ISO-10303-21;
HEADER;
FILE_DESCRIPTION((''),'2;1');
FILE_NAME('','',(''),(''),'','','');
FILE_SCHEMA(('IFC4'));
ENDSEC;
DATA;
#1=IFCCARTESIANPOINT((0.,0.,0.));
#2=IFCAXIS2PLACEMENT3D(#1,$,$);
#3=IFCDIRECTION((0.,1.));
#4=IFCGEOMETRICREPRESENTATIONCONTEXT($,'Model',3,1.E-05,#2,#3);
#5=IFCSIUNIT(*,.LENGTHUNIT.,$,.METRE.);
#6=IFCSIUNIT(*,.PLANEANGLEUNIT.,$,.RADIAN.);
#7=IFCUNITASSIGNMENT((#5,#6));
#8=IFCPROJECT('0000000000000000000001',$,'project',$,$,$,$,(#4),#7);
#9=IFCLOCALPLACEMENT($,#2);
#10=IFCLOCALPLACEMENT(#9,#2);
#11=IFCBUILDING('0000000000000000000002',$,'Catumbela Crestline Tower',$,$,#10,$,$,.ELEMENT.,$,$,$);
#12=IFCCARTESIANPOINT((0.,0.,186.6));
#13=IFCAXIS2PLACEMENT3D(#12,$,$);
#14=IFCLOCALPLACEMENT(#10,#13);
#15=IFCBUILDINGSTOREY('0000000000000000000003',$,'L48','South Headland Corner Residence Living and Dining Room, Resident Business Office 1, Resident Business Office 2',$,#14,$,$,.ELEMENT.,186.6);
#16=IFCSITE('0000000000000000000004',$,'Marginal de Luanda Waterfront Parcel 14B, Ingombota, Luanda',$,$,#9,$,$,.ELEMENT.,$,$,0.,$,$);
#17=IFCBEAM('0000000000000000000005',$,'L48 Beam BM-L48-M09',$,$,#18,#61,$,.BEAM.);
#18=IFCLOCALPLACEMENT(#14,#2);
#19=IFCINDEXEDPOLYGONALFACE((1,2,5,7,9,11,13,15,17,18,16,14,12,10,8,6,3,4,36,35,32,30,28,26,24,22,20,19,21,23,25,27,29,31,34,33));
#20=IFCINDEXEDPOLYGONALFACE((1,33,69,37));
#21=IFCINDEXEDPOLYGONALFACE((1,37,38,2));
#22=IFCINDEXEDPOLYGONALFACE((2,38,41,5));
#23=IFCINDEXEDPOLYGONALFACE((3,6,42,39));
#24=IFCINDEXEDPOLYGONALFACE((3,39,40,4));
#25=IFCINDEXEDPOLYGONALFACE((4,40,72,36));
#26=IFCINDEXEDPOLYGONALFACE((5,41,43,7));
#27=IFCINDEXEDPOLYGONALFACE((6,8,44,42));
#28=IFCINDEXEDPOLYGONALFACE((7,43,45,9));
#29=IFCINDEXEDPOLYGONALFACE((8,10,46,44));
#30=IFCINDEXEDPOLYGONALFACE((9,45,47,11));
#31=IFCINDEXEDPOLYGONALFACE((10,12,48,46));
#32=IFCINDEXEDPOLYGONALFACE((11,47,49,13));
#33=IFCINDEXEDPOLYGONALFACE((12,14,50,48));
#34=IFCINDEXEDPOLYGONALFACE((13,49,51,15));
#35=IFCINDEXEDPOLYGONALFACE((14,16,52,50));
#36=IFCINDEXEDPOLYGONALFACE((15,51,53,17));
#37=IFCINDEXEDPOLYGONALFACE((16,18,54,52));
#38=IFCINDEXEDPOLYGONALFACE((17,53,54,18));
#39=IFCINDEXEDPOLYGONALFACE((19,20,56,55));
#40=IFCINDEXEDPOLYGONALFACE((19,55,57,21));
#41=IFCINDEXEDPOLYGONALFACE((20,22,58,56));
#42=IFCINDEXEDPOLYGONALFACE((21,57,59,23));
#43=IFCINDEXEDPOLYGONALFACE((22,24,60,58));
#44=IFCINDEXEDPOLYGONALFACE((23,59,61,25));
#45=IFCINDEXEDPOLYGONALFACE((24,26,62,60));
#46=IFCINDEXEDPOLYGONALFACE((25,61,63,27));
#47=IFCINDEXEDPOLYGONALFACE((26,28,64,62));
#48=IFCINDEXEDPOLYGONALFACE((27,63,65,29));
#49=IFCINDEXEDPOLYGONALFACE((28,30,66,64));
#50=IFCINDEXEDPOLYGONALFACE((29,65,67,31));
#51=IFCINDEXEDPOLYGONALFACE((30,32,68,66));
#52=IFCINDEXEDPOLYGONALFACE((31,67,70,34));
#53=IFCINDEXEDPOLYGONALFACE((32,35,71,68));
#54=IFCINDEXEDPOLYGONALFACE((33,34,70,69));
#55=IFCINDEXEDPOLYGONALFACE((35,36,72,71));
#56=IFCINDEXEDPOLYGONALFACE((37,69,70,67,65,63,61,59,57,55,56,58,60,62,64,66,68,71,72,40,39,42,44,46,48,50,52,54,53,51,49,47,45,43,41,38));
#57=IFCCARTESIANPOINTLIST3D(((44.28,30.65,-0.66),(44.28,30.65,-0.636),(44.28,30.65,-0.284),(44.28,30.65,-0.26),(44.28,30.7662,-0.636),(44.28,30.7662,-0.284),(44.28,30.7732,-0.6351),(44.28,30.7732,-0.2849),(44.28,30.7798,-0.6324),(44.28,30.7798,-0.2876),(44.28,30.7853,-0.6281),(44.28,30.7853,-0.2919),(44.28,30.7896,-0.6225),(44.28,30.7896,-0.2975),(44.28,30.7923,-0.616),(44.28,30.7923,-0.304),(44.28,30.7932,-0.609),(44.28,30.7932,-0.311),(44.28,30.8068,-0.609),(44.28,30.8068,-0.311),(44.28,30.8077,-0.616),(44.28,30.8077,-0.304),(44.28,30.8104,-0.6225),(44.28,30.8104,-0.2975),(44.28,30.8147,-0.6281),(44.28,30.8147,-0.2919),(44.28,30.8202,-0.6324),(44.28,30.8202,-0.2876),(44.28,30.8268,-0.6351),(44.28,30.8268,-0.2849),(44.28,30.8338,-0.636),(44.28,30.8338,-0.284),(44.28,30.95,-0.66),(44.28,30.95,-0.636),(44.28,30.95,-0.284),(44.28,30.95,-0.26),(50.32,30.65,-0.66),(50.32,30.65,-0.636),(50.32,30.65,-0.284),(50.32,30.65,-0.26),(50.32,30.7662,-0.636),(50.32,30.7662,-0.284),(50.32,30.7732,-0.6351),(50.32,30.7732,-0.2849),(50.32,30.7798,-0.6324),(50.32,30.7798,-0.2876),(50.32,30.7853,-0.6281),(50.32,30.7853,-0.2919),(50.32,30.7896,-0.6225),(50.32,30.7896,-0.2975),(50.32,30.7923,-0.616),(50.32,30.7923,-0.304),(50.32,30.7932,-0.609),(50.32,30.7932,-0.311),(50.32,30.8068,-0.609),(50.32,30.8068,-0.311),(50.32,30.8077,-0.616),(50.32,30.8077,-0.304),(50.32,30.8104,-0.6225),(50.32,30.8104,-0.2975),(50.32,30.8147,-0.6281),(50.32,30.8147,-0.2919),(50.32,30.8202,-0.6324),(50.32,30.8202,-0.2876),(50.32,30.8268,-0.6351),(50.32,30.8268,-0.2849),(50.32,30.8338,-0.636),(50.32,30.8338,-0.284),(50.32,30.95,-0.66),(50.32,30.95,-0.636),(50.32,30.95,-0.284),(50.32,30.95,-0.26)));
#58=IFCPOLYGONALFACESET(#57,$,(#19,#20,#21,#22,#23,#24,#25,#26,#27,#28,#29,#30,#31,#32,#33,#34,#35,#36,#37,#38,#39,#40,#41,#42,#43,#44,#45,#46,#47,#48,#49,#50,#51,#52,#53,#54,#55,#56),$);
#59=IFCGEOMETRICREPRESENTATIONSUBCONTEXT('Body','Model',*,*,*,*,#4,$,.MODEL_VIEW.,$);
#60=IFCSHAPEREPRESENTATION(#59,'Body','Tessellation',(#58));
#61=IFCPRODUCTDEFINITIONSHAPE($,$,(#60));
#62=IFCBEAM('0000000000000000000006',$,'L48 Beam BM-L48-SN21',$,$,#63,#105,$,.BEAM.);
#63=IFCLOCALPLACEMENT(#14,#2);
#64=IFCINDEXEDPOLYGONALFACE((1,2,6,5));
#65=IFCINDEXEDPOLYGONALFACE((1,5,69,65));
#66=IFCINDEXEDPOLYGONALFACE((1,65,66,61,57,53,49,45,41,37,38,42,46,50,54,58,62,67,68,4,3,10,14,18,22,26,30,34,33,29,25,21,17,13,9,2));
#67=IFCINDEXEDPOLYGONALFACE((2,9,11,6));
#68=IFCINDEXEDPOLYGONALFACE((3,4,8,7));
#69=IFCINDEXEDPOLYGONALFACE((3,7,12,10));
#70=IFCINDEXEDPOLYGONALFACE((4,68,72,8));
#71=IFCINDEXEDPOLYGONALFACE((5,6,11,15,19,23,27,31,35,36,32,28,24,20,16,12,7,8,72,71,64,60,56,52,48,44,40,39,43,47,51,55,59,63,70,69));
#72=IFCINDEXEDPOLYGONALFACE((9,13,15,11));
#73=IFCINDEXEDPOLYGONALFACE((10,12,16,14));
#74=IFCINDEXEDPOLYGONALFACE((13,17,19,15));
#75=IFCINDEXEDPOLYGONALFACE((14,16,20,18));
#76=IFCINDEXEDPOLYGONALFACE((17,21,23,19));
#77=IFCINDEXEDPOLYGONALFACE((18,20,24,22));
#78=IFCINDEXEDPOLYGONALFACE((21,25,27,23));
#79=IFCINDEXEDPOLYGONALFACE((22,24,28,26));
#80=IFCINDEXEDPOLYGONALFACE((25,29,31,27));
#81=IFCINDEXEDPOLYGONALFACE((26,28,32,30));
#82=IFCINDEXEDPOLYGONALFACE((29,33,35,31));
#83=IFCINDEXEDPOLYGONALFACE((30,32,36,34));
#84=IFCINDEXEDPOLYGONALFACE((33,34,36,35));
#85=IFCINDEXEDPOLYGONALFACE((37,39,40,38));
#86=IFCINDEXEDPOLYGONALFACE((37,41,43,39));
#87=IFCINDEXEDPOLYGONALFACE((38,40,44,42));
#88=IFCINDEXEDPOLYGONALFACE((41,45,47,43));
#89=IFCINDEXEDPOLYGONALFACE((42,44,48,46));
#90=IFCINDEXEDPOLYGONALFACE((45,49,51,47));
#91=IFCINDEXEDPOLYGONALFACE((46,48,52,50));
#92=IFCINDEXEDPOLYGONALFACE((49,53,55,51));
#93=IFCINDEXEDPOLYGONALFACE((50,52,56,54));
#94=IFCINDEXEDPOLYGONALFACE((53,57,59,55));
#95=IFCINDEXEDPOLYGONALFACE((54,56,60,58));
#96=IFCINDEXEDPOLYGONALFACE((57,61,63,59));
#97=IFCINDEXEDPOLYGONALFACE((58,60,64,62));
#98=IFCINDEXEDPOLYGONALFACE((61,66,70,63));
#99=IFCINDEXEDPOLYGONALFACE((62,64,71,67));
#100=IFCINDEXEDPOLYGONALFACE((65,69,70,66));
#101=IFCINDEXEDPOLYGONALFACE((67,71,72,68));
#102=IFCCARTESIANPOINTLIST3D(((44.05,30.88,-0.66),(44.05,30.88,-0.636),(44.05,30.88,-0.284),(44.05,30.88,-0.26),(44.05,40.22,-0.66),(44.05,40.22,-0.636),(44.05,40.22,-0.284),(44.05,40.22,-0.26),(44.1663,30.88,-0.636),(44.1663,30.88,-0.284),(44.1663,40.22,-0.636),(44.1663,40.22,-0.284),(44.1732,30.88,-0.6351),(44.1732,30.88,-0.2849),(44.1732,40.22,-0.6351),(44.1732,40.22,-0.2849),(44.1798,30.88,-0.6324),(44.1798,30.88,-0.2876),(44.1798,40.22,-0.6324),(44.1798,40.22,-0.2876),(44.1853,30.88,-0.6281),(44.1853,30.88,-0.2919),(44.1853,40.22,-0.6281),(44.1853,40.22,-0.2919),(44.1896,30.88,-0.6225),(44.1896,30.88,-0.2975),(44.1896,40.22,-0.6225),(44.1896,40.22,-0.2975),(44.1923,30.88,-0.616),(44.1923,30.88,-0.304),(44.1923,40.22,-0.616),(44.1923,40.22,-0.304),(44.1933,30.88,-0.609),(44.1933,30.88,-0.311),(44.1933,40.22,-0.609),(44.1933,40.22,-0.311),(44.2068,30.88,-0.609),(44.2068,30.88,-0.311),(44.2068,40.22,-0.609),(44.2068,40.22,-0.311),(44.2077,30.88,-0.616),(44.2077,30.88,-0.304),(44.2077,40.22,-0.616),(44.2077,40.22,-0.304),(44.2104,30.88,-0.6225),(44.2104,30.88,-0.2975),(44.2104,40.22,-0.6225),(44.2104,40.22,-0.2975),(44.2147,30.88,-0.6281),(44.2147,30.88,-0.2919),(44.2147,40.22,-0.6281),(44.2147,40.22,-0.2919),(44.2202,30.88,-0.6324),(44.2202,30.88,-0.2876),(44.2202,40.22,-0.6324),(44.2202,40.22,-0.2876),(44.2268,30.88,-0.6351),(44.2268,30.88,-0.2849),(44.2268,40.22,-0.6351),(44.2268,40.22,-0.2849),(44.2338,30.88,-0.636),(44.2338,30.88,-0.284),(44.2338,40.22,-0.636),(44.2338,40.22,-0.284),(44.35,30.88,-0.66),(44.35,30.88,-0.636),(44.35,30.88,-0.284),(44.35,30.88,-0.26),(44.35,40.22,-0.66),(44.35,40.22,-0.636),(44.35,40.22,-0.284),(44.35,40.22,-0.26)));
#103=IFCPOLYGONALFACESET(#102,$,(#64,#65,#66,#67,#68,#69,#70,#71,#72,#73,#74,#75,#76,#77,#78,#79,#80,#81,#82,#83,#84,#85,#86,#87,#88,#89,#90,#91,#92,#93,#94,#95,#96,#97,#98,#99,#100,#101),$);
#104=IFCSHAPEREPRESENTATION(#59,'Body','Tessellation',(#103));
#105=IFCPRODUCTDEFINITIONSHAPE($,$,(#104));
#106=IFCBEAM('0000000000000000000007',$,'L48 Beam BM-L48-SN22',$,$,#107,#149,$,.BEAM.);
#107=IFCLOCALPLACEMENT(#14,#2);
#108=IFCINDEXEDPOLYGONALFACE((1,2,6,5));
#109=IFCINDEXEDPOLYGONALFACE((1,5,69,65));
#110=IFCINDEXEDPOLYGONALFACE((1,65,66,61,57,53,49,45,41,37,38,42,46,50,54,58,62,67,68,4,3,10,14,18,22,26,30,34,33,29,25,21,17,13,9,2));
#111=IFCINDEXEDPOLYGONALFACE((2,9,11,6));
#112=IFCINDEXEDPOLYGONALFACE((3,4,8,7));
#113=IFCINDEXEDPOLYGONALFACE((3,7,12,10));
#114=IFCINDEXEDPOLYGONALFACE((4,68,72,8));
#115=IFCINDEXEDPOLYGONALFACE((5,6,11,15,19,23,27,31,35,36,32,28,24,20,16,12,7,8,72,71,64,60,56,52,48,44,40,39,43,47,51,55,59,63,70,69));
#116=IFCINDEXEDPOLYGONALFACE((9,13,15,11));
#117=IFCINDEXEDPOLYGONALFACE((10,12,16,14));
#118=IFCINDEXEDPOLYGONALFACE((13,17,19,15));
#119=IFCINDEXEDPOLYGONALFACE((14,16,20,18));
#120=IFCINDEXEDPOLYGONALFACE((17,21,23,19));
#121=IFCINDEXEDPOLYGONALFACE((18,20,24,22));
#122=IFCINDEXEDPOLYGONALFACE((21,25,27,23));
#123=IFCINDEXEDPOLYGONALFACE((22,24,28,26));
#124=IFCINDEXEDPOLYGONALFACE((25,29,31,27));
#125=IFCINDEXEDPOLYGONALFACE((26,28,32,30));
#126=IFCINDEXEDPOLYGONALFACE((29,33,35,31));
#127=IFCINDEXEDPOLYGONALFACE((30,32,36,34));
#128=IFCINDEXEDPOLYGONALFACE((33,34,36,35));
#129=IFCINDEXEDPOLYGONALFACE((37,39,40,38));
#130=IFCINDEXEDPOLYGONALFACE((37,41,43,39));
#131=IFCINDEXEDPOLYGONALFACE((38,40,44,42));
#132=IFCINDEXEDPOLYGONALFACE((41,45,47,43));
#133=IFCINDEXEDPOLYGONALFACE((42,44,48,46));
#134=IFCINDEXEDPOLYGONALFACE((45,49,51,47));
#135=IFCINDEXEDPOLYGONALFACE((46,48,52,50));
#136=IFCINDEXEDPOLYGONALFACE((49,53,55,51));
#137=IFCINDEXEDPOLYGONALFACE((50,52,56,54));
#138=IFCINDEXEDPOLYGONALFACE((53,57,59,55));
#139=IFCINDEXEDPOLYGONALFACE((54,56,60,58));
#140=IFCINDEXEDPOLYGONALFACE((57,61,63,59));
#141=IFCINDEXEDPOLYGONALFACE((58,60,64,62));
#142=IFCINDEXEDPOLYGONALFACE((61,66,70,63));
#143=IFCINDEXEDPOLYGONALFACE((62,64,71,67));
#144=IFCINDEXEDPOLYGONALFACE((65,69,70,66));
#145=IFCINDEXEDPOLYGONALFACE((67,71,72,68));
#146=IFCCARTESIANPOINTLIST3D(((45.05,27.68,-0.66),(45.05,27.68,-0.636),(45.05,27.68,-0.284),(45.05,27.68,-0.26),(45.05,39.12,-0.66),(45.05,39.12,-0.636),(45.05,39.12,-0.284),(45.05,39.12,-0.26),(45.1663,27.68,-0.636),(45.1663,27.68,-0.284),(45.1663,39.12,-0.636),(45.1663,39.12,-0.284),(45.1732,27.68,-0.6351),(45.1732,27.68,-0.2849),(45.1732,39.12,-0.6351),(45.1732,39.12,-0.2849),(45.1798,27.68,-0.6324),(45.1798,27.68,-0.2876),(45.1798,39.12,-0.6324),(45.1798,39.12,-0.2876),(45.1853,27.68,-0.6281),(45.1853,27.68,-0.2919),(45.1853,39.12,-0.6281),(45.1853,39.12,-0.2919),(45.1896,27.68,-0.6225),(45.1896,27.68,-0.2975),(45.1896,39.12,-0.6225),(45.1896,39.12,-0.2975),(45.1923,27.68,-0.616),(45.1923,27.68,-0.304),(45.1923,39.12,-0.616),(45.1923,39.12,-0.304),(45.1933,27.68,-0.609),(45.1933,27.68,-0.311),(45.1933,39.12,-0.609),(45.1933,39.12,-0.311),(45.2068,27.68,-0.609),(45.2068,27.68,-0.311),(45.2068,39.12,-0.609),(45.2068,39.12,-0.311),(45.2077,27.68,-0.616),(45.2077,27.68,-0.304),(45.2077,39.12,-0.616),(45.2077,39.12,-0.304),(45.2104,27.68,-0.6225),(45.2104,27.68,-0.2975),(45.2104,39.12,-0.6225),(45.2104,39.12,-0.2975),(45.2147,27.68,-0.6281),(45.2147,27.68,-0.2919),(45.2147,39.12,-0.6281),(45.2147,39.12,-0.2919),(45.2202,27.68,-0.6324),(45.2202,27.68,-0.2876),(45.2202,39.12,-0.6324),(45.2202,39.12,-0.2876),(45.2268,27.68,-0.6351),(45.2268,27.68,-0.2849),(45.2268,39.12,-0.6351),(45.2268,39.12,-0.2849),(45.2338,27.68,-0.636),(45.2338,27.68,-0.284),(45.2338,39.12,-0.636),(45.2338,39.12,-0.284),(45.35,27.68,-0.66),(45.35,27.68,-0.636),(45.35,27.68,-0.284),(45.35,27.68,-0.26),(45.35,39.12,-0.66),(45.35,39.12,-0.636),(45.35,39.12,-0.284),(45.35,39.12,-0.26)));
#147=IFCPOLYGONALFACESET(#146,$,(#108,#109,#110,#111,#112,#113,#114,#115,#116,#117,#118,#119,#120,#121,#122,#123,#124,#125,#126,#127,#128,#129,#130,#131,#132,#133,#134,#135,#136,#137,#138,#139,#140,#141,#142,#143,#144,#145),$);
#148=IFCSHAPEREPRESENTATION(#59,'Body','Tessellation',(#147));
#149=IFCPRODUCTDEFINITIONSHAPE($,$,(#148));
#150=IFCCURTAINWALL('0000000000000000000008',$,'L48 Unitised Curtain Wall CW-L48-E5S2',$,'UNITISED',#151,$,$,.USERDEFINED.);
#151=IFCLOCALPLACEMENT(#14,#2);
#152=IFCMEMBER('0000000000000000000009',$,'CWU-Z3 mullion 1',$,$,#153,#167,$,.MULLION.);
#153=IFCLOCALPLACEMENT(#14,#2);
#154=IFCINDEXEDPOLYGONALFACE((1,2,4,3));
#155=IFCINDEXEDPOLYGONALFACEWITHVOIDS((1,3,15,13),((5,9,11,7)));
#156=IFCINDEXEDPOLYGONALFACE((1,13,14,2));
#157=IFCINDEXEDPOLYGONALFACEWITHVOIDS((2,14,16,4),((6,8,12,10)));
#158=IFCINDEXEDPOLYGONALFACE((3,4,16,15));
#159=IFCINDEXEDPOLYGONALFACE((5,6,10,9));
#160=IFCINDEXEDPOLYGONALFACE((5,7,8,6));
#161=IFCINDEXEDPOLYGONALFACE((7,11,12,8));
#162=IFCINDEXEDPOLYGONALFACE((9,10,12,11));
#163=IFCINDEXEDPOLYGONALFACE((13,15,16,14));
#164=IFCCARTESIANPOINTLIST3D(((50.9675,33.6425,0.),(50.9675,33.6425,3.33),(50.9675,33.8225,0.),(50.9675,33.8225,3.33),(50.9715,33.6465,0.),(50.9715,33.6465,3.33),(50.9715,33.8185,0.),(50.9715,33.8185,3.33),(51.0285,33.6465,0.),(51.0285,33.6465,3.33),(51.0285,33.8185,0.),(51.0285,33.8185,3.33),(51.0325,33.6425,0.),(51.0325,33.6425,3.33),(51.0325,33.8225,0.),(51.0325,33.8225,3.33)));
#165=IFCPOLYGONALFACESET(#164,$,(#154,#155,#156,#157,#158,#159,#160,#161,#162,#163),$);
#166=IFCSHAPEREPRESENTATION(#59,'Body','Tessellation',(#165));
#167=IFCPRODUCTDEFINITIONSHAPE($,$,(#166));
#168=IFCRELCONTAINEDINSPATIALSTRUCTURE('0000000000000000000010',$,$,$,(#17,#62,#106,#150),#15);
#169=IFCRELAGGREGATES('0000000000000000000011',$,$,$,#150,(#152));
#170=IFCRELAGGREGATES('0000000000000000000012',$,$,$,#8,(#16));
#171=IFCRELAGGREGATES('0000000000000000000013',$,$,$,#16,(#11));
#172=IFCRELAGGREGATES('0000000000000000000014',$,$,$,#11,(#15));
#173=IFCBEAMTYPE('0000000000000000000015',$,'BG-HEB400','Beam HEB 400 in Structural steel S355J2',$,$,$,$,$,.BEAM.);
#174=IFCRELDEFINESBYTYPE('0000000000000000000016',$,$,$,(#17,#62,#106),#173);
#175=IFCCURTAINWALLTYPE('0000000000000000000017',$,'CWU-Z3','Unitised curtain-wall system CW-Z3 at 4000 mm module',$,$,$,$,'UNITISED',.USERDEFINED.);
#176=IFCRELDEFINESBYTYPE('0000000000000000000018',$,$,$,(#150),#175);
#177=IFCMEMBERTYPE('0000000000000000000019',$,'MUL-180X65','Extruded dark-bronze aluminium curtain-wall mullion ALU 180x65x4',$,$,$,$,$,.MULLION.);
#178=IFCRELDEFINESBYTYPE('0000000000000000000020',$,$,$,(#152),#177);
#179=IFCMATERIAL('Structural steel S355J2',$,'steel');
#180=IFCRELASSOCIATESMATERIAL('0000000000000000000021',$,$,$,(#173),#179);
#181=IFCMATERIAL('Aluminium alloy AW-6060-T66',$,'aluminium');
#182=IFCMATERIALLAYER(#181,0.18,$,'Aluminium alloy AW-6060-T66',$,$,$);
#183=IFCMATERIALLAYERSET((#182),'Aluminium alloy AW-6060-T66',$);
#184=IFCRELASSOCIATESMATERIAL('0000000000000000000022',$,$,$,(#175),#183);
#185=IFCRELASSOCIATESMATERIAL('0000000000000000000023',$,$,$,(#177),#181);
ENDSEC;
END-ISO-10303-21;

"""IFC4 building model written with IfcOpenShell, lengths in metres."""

from ifc_helpers import new_model, si_unit, direction, frame, origin, origin_2d, place, context, subcontext, project, spatial, hollow_rectangle, i_section, extrude, material, layer, layer_set, material_profile, profile_set, type_object, element, aggregate, save


model = new_model("IFC4")

# Units and contexts
model_context = context("Model", 3, precision=1e-05, world=origin(), true_north=direction((0.0, 1.0)))
body_context = subcontext(model_context, "Body", "Model", "MODEL_VIEW")
ifc_project = project(units=[si_unit("LENGTHUNIT", "METRE"), si_unit("PLANEANGLEUNIT", "RADIAN")], contexts=[model_context])

# Site, building, storey
site_placement = place(None, origin())
site = spatial("IfcSite", under=ifc_project, at=site_placement, Name="Marginal de Luanda Waterfront Parcel 14B, Ingombota, Luanda", CompositionType="ELEMENT", RefElevation=0.0)
building_placement = place(site_placement, origin())
building = spatial("IfcBuilding", under=site, at=building_placement, Name="Catumbela Crestline Tower", CompositionType="ELEMENT")
storey_placement = place(building_placement, frame((0.0, 0.0, 186.6)))
storey = spatial("IfcBuildingStorey", under=building, at=storey_placement, Name="L48", Description="South Headland Corner Residence Living and Dining Room, Resident Business Office 1, Resident Business Office 2", CompositionType="ELEMENT", Elevation=186.6)

# Shared definitions
ifc_material_1 = material(Name="Structural steel S355J2", Category="steel")

# Beams
ifc_material_profile_1 = material_profile(ifc_material_1, i_section(OverallWidth=0.3, OverallDepth=0.4, WebThickness=0.0135, FlangeThickness=0.024, FilletRadius=0.027, at=origin_2d()), Name="HEB 400")
ifc_profile_set_1 = profile_set([ifc_material_profile_1], Name="Structural steel S355J2")
beam_type_1 = type_object("IfcBeamType", Name="BG-HEB400", Description="Beam HEB 400 in Structural steel S355J2", PredefinedType="BEAM", material=ifc_profile_set_1)
beam_1_placement = place(storey_placement, frame((44.28, 30.8, -0.46), z_axis=(1.0, 0.0, 0.0), x_axis=(0.0, 1.0, 0.0)))
element("IfcBeam", 1, at=beam_1_placement, inside=storey, type_object=beam_type_1, Name="L48 Beam BM-L48-M09", PredefinedType="BEAM", context=body_context, shape_type="SweptSolid", body=[
    extrude(i_section(OverallWidth=0.3, OverallDepth=0.4, WebThickness=0.0135, FlangeThickness=0.024, FilletRadius=0.027, at=origin_2d()), origin(), (0.0, 0.0, 1.0), 6.04),
])
beam_2_placement = place(storey_placement, frame((44.2, 30.88, -0.46), z_axis=(0.0, 1.0, 0.0), x_axis=(-1.0, 0.0, 0.0)))
element("IfcBeam", 2, at=beam_2_placement, inside=storey, type_object=beam_type_1, Name="L48 Beam BM-L48-SN21", PredefinedType="BEAM", context=body_context, shape_type="SweptSolid", body=[
    extrude(i_section(OverallWidth=0.3, OverallDepth=0.4, WebThickness=0.0135, FlangeThickness=0.024, FilletRadius=0.027, at=origin_2d()), origin(), (0.0, 0.0, 1.0), 9.34),
])
beam_3_placement = place(storey_placement, frame((45.2, 27.68, -0.46), z_axis=(0.0, 1.0, 0.0), x_axis=(-1.0, 0.0, 0.0)))
element("IfcBeam", 3, at=beam_3_placement, inside=storey, type_object=beam_type_1, Name="L48 Beam BM-L48-SN22", PredefinedType="BEAM", context=body_context, shape_type="SweptSolid", body=[
    extrude(i_section(OverallWidth=0.3, OverallDepth=0.4, WebThickness=0.0135, FlangeThickness=0.024, FilletRadius=0.027, at=origin_2d()), origin(), (0.0, 0.0, 1.0), 11.44),
])

# Curtain wall, member
ifc_material_2 = material(Name="Aluminium alloy AW-6060-T66", Category="aluminium")
ifc_layer_1 = layer(ifc_material_2, 0.18, Name="Aluminium alloy AW-6060-T66")
ifc_layer_set_1 = layer_set([ifc_layer_1], Name="Aluminium alloy AW-6060-T66")
curtain_wall_type = type_object("IfcCurtainWallType", Name="CWU-Z3", Description="Unitised curtain-wall system CW-Z3 at 4000 mm module", ElementType="UNITISED", PredefinedType="USERDEFINED", material=ifc_layer_set_1)
curtain_wall_placement = place(storey_placement, origin())
curtain_wall = element("IfcCurtainWall", 4, at=curtain_wall_placement, inside=storey, type_object=curtain_wall_type, Name="L48 Unitised Curtain Wall CW-L48-E5S2", ObjectType="UNITISED", PredefinedType="USERDEFINED")
ifc_material_profile_2 = material_profile(ifc_material_2, hollow_rectangle(XDim=0.065, YDim=0.18, WallThickness=0.004, at=origin_2d()), Name="ALU 180x65x4")
ifc_profile_set_2 = profile_set([ifc_material_profile_2], Name="Aluminium alloy AW-6060-T66")
member_type_1 = type_object("IfcMemberType", Name="MUL-180X65", Description="Extruded dark-bronze aluminium curtain-wall mullion ALU 180x65x4", PredefinedType="MULLION", material=ifc_profile_set_2)
member_1_placement = place(storey_placement, frame((51.0, 33.7325, 0.0), z_axis=(0.0, 0.0, 1.0), x_axis=(-1.0, 0.0, 0.0)))
member_1 = element("IfcMember", 5, at=member_1_placement, type_object=member_type_1, Name="CWU-Z3 mullion 1", PredefinedType="MULLION", context=body_context, shape_type="SweptSolid", body=[
    extrude(hollow_rectangle(XDim=0.065, YDim=0.18, WallThickness=0.004, at=origin_2d()), origin(), (0.0, 0.0, 1.0), 3.33),
])

aggregate(curtain_wall, [member_1])

save(model, "model.ifc")
